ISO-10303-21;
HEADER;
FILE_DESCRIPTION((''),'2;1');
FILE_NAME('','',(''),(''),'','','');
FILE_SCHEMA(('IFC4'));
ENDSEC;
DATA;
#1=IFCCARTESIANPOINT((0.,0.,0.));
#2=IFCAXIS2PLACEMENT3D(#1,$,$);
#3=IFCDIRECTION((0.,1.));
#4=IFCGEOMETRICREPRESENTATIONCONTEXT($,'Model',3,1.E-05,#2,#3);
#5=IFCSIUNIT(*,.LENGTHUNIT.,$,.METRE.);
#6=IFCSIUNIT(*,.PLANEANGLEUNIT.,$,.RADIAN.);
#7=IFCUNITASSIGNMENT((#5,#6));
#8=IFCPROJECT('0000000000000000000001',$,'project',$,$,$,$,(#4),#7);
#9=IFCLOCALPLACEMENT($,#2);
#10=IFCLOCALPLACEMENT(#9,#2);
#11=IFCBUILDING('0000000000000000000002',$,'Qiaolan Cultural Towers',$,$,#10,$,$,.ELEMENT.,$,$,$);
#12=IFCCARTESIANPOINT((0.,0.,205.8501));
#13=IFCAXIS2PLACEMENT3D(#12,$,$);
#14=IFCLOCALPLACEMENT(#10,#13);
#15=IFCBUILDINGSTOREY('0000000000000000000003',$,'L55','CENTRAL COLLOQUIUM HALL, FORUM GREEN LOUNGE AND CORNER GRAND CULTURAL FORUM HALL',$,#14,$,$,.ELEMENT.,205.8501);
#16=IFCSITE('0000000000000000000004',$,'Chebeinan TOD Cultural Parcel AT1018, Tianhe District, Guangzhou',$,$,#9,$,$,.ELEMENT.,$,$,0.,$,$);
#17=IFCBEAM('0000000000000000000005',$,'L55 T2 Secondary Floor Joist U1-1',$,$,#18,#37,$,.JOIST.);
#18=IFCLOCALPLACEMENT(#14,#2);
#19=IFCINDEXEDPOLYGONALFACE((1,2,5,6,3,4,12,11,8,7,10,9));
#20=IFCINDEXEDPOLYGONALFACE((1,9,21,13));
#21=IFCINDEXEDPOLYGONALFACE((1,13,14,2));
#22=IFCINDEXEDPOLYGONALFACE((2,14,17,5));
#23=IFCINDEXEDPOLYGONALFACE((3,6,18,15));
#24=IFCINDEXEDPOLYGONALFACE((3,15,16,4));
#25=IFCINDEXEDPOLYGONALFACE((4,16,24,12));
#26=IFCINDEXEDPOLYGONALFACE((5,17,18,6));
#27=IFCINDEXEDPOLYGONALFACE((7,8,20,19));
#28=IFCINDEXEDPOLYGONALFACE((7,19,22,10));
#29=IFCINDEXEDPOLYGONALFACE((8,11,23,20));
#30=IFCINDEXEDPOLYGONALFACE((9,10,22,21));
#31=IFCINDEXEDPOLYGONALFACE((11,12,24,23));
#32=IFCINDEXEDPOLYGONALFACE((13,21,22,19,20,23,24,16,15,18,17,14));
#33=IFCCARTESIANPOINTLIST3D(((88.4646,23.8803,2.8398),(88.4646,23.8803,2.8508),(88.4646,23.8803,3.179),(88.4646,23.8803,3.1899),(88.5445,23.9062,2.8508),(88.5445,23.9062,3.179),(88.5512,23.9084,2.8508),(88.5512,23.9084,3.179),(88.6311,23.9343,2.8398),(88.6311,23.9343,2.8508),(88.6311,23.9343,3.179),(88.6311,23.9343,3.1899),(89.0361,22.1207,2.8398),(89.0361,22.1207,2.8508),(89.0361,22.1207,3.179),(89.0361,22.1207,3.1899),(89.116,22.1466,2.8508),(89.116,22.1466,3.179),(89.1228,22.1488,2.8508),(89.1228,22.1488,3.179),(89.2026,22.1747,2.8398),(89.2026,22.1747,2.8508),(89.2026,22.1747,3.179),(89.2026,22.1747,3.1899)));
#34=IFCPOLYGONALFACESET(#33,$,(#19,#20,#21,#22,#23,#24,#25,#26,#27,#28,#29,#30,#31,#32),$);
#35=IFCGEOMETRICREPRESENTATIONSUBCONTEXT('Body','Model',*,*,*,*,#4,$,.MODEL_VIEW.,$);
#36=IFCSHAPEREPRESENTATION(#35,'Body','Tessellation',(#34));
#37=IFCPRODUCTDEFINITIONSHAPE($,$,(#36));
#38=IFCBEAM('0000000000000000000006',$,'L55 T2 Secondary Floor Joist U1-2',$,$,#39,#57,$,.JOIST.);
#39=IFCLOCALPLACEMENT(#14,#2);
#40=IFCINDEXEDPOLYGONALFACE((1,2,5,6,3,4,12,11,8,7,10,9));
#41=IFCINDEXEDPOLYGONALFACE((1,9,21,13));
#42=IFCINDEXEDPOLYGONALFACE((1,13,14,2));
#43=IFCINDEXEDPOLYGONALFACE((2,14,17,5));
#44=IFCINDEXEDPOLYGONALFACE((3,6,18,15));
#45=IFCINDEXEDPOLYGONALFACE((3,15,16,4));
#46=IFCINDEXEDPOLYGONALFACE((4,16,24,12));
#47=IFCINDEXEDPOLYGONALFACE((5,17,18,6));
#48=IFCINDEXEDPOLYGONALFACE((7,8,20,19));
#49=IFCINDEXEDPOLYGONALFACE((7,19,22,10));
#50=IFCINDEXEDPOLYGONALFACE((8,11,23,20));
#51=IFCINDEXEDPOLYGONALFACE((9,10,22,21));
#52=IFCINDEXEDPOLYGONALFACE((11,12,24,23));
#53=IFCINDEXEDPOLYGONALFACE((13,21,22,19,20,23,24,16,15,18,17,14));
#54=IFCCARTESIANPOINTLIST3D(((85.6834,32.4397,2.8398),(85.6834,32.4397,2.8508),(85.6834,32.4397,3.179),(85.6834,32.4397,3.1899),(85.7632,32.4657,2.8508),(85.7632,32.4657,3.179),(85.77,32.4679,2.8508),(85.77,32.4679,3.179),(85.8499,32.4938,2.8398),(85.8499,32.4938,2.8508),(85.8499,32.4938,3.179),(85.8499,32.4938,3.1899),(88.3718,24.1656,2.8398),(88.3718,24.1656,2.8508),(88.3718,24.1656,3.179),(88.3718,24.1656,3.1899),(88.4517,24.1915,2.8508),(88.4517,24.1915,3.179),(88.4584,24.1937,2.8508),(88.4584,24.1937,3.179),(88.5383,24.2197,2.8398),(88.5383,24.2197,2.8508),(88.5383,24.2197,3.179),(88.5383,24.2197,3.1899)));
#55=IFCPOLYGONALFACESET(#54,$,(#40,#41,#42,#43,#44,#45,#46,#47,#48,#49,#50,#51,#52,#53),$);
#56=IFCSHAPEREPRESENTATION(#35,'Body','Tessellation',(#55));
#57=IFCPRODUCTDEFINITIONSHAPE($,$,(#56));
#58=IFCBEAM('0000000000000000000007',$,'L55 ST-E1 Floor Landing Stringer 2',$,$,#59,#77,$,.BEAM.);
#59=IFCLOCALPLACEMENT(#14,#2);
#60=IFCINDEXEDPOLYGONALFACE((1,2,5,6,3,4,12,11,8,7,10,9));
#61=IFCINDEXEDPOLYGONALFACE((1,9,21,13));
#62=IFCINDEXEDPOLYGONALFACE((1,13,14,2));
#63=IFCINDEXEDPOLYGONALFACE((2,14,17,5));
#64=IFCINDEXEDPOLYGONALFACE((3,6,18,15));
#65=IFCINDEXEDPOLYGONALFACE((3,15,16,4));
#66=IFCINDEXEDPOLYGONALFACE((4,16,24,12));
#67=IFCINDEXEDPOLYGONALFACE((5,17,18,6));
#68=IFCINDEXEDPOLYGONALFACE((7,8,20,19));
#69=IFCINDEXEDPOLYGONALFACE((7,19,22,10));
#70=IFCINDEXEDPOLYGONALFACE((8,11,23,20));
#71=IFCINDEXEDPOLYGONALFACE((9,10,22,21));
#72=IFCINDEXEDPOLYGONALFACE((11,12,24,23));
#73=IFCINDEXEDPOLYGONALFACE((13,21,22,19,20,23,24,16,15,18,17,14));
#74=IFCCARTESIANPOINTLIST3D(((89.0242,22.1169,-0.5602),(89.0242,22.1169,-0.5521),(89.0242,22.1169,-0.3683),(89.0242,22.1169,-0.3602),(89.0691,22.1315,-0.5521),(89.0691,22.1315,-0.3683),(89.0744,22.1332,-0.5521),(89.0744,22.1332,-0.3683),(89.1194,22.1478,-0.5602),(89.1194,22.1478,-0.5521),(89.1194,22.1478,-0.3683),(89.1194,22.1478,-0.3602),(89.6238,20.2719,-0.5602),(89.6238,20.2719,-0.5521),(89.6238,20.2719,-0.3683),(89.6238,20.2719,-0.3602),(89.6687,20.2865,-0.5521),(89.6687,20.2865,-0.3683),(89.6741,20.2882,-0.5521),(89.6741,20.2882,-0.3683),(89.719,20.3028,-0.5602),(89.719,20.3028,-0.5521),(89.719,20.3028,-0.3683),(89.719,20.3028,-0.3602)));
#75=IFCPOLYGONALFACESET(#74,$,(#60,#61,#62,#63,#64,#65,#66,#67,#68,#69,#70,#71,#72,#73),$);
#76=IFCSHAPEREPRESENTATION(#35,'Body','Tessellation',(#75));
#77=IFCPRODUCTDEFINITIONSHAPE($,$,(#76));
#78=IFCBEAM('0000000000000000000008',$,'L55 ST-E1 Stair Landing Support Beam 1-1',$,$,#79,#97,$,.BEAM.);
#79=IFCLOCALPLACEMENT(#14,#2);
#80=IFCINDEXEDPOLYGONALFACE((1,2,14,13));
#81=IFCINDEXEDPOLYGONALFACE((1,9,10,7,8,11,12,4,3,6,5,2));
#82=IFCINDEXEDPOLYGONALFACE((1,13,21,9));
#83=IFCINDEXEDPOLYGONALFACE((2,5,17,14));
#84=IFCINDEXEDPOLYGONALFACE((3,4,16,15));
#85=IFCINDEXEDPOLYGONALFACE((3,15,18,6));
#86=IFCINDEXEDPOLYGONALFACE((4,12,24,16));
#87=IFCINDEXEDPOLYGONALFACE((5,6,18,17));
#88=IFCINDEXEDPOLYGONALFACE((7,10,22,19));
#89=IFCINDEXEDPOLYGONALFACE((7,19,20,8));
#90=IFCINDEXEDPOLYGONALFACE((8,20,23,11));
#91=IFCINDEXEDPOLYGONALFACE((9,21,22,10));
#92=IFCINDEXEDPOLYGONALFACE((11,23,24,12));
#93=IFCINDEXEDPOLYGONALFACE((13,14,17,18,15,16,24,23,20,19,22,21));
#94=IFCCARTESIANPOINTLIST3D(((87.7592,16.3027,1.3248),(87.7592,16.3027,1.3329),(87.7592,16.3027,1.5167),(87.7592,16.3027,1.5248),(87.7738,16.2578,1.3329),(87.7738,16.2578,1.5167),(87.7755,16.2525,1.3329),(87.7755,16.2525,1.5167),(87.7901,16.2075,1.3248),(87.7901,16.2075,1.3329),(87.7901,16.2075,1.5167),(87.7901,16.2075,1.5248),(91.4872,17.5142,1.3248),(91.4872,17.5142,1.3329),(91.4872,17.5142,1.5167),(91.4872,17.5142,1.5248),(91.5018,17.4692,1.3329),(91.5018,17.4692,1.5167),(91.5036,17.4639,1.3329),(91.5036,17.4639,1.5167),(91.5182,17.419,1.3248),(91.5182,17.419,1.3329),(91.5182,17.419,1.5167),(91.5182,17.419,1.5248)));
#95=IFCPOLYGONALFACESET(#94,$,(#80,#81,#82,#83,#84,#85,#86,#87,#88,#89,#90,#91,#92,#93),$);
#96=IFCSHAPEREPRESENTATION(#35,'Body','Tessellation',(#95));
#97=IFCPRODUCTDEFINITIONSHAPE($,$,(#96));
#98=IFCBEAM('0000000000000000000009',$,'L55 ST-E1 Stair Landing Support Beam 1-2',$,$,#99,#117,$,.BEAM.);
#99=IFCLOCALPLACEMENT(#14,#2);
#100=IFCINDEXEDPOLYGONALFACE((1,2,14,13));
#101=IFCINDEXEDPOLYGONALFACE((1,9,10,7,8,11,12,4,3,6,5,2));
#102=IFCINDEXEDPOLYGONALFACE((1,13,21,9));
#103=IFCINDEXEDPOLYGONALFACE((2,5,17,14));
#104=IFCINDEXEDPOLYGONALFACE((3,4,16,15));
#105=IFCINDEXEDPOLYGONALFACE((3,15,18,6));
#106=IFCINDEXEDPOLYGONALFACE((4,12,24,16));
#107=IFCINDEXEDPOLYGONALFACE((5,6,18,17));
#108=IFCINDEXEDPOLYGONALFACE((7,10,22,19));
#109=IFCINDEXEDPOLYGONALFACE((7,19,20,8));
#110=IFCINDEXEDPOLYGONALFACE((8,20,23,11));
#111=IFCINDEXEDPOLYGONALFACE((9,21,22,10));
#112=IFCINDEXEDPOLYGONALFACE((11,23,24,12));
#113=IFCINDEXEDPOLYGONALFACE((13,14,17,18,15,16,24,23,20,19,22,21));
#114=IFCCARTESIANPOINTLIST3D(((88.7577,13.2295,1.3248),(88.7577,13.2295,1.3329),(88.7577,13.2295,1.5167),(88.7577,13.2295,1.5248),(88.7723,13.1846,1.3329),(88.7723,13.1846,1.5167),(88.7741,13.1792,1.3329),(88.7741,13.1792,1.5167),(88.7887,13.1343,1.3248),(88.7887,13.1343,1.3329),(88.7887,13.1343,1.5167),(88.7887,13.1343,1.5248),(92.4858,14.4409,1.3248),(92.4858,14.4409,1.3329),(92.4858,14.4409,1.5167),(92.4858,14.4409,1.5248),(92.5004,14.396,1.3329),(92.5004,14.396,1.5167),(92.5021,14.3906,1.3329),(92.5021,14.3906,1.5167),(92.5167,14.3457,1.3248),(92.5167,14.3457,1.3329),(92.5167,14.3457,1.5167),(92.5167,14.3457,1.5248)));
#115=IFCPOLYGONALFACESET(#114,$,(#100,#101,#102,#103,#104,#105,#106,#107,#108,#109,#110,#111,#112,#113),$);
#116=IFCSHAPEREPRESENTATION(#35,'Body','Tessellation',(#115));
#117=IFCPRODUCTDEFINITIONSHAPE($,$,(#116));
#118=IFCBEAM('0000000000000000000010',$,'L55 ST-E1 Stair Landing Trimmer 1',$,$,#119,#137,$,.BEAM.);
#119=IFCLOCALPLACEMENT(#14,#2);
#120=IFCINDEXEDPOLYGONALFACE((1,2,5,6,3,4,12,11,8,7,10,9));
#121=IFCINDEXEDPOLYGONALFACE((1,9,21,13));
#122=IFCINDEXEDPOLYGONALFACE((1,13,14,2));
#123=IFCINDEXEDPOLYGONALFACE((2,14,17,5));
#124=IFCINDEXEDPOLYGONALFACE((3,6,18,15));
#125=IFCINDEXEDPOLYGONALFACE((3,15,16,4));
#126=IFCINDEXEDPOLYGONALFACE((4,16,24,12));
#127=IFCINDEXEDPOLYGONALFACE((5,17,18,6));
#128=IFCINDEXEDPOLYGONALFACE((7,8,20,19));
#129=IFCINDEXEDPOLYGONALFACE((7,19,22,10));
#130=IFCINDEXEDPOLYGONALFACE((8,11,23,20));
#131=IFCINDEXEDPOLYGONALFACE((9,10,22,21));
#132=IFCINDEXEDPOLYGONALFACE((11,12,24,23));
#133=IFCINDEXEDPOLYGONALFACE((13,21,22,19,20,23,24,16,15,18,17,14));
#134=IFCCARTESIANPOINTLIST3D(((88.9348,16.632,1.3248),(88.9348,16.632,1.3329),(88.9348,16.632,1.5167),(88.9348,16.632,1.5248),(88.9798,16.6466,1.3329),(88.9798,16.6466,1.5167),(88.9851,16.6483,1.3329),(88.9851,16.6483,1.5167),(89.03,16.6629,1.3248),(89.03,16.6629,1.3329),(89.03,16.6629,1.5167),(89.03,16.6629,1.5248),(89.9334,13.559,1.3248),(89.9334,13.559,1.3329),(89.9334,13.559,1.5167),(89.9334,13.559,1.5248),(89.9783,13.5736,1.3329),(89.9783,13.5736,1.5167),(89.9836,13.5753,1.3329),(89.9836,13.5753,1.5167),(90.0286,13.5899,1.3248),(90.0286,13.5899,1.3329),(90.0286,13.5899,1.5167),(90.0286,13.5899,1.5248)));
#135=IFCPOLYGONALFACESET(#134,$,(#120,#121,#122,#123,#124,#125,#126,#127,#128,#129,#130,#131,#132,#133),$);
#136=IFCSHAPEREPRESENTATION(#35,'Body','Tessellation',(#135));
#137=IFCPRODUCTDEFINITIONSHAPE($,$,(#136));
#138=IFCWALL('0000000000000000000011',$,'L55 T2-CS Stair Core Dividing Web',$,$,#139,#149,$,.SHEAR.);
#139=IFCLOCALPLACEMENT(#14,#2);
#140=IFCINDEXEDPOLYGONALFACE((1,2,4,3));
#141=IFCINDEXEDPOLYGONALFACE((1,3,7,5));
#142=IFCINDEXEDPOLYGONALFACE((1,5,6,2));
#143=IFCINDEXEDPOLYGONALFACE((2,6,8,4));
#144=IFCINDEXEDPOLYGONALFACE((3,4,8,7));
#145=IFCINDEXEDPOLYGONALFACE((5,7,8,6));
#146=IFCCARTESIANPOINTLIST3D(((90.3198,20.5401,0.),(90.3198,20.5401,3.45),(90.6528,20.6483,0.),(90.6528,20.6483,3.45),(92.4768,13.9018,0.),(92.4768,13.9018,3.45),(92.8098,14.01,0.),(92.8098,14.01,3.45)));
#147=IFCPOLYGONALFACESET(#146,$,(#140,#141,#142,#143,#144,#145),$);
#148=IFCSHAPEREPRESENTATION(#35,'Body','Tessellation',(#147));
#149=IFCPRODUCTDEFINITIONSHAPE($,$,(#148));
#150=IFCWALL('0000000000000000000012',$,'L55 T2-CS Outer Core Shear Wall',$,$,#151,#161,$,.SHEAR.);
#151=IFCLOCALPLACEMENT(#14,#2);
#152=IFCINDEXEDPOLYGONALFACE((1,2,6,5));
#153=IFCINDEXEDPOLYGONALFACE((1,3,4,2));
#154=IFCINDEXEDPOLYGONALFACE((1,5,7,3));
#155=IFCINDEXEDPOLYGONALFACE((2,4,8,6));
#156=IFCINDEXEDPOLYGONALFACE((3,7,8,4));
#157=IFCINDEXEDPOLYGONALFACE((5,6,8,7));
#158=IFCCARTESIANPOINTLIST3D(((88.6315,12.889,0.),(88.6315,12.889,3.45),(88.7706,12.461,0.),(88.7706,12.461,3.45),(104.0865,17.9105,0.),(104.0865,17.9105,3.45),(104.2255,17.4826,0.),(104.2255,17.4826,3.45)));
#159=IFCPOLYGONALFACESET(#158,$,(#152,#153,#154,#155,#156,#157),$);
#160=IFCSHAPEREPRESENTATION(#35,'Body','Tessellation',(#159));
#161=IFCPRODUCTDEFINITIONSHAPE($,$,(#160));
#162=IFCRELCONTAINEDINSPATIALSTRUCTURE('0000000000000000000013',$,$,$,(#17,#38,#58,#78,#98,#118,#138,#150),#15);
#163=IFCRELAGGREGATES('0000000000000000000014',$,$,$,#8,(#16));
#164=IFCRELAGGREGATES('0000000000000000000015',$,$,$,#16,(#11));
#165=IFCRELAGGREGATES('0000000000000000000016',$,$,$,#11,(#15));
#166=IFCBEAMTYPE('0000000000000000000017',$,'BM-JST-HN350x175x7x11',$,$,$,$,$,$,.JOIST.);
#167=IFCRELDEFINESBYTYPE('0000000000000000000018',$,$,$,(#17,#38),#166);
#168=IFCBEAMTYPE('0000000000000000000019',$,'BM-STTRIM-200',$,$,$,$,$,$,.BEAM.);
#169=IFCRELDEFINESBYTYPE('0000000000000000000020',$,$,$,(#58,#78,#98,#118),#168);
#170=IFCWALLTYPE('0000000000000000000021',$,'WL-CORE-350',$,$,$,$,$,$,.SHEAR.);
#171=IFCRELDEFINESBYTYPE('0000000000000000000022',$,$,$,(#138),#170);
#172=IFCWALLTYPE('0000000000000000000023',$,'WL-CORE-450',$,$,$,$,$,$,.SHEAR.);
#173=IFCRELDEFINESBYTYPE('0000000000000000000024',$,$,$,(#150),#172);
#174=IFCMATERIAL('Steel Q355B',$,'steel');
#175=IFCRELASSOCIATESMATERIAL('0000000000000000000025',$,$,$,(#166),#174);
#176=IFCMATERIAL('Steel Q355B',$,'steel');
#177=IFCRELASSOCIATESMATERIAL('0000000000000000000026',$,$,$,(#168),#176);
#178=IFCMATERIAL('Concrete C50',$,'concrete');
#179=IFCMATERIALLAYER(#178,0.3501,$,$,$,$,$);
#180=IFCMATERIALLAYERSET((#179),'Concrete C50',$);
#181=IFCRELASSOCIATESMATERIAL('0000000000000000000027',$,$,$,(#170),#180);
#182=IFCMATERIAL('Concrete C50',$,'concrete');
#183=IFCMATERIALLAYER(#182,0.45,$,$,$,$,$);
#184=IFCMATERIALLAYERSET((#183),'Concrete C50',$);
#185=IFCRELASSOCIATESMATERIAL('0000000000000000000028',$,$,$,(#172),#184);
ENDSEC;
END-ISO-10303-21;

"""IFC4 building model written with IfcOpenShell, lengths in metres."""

from ifc_helpers import new_model, si_unit, direction, frame, frame_2d, origin, origin_2d, place, context, subcontext, project, spatial, rectangle, i_section, extrude, material, layer, layer_set, material_profile, profile_set, type_object, element, save


model = new_model("IFC4")

# Units and contexts
model_context = context("Model", 3, precision=1e-05, world=origin(), true_north=direction((0.0, 1.0)))
body_context = subcontext(model_context, "Body", "Model", "MODEL_VIEW")
ifc_project = project(units=[si_unit("LENGTHUNIT", "METRE"), si_unit("PLANEANGLEUNIT", "RADIAN")], contexts=[model_context])

# Site, building, storey
site_placement = place(None, origin())
site = spatial("IfcSite", under=ifc_project, at=site_placement, Name="Chebeinan TOD Cultural Parcel AT1018, Tianhe District, Guangzhou", CompositionType="ELEMENT", RefElevation=0.0)
building_placement = place(site_placement, origin())
building = spatial("IfcBuilding", under=site, at=building_placement, Name="Qiaolan Cultural Towers", CompositionType="ELEMENT")
storey_placement = place(building_placement, frame((0.0, 0.0, 205.8501)))
storey = spatial("IfcBuildingStorey", under=building, at=storey_placement, Name="L55", Description="CENTRAL COLLOQUIUM HALL, FORUM GREEN LOUNGE AND CORNER GRAND CULTURAL FORUM HALL", CompositionType="ELEMENT", Elevation=205.8501)

# Beams
ifc_material_1 = material(Name="Steel Q355B", Category="steel")
ifc_material_profile_1 = material_profile(ifc_material_1, i_section(OverallWidth=0.175, OverallDepth=0.3501, WebThickness=0.0071, FlangeThickness=0.011, at=origin_2d()), Name="HN350x175x7x11")
ifc_profile_set_1 = profile_set([ifc_material_profile_1], Name="Steel Q355B")
beam_type_1 = type_object("IfcBeamType", Name="BM-JST-HN350x175x7x11", PredefinedType="JOIST", material=ifc_profile_set_1)
beam_1_placement = place(storey_placement, frame((89.1194, 22.1477, 3.0149), z_axis=(-0.308934, 0.951084, 0.0), x_axis=(-0.951084, -0.308934, 0.0)))
element("IfcBeam", 1, at=beam_1_placement, inside=storey, type_object=beam_type_1, Name="L55 T2 Secondary Floor Joist U1-1", PredefinedType="JOIST", context=body_context, shape_type="SweptSolid", body=[
    extrude(i_section(OverallWidth=0.175, OverallDepth=0.3501, WebThickness=0.0071, FlangeThickness=0.011, at=origin_2d()), origin(), (0.0, 0.0, 1.0), 1.8501),
])
beam_2_placement = place(storey_placement, frame((88.4551, 24.1926, 3.0149), z_axis=(-0.309021, 0.951055, 0.0), x_axis=(-0.951055, -0.309021, 0.0)))
element("IfcBeam", 2, at=beam_2_placement, inside=storey, type_object=beam_type_1, Name="L55 T2 Secondary Floor Joist U1-2", PredefinedType="JOIST", context=body_context, shape_type="SweptSolid", body=[
    extrude(i_section(OverallWidth=0.175, OverallDepth=0.3501, WebThickness=0.0071, FlangeThickness=0.011, at=origin_2d()), origin(), (0.0, 0.0, 1.0), 8.7),
])
ifc_material_2 = material(Name="Steel Q355B", Category="steel")
ifc_material_profile_2 = material_profile(ifc_material_2, i_section(OverallWidth=0.1001, OverallDepth=0.2, WebThickness=0.0056, FlangeThickness=0.0081, at=origin_2d()), Name="HN200x100x5.5x8")
ifc_profile_set_2 = profile_set([ifc_material_profile_2], Name="Steel Q355B")
beam_type_2 = type_object("IfcBeamType", Name="BM-STTRIM-200", PredefinedType="BEAM", material=ifc_profile_set_2)
beam_3_placement = place(storey_placement, frame((89.0718, 22.1323, -0.4602), z_axis=(0.309083, -0.951035, 0.0), x_axis=(0.951035, 0.309083, 0.0)))
element("IfcBeam", 3, at=beam_3_placement, inside=storey, type_object=beam_type_2, Name="L55 ST-E1 Floor Landing Stringer 2", PredefinedType="BEAM", context=body_context, shape_type="SweptSolid", body=[
    extrude(i_section(OverallWidth=0.1001, OverallDepth=0.2, WebThickness=0.0056, FlangeThickness=0.0081, at=origin_2d()), origin(), (0.0, 0.0, 1.0), 1.9399),
])
for number, where, z_axis, x_axis, name in (
    (4, (87.7747, 16.2551, 1.4248), (0.951048, 0.309044, 0.0), (-0.309044, 0.951048, 0.0), "L55 ST-E1 Stair Landing Support Beam 1-1"),
    (5, (88.7732, 13.1819, 1.4248), (0.951048, 0.309044, 0.0), (-0.309044, 0.951048, 0.0), "L55 ST-E1 Stair Landing Support Beam 1-2"),
):
    element("IfcBeam", number, at=place(storey_placement, frame(where, z_axis=z_axis, x_axis=x_axis)), inside=storey, type_object=beam_type_2, Name=name, PredefinedType="BEAM", context=body_context, shape_type="SweptSolid", body=[
        extrude(i_section(OverallWidth=0.1001, OverallDepth=0.2, WebThickness=0.0056, FlangeThickness=0.0081, at=origin_2d()), origin(), (0.0, 0.0, 1.0), 3.9199),
    ])
beam_4_placement = place(storey_placement, frame((88.9824, 16.6475, 1.4248), z_axis=(0.309033, -0.951051, 0.0), x_axis=(0.951051, 0.309033, 0.0)))
element("IfcBeam", 6, at=beam_4_placement, inside=storey, type_object=beam_type_2, Name="L55 ST-E1 Stair Landing Trimmer 1", PredefinedType="BEAM", context=body_context, shape_type="SweptSolid", body=[
    extrude(i_section(OverallWidth=0.1001, OverallDepth=0.2, WebThickness=0.0056, FlangeThickness=0.0081, at=origin_2d()), origin(), (0.0, 0.0, 1.0), 3.2312),
])

# Walls
ifc_material_3 = material(Name="Concrete C50", Category="concrete")
ifc_layer_1 = layer(ifc_material_3, 0.3501)
ifc_layer_set_1 = layer_set([ifc_layer_1], Name="Concrete C50")
wall_type_1 = type_object("IfcWallType", Name="WL-CORE-350", PredefinedType="SHEAR", material=ifc_layer_set_1)
wall_1_placement = place(storey_placement, frame((90.4863, 20.5942, 0.0), z_axis=(0.0, 0.0, 1.0), x_axis=(0.30902, -0.951055, 0.0)))
element("IfcWall", 7, at=wall_1_placement, inside=storey, type_object=wall_type_1, Name="L55 T2-CS Stair Core Dividing Web", PredefinedType="SHEAR", context=body_context, shape_type="SweptSolid", body=[
    extrude(rectangle(XDim=6.98, YDim=0.3501, at=frame_2d((3.49, 0.0))), origin(), (0.0, 0.0, 1.0), 3.45),
])
ifc_material_4 = material(Name="Concrete C50", Category="concrete")
ifc_layer_2 = layer(ifc_material_4, 0.45)
ifc_layer_set_2 = layer_set([ifc_layer_2], Name="Concrete C50")
wall_type_2 = type_object("IfcWallType", Name="WL-CORE-450", PredefinedType="SHEAR", material=ifc_layer_set_2)
wall_2_placement = place(storey_placement, frame((88.7012, 12.675, 0.0), z_axis=(0.0, 0.0, 1.0), x_axis=(0.951058, 0.309012, 0.0)))
element("IfcWall", 8, at=wall_2_placement, inside=storey, type_object=wall_type_2, Name="L55 T2-CS Outer Core Shear Wall", PredefinedType="SHEAR", context=body_context, shape_type="SweptSolid", body=[
    extrude(rectangle(XDim=16.2502, YDim=0.45, at=frame_2d((8.125, 0.0))), origin(), (0.0, 0.0, 1.0), 3.45),
])

save(model, "model.ifc")
